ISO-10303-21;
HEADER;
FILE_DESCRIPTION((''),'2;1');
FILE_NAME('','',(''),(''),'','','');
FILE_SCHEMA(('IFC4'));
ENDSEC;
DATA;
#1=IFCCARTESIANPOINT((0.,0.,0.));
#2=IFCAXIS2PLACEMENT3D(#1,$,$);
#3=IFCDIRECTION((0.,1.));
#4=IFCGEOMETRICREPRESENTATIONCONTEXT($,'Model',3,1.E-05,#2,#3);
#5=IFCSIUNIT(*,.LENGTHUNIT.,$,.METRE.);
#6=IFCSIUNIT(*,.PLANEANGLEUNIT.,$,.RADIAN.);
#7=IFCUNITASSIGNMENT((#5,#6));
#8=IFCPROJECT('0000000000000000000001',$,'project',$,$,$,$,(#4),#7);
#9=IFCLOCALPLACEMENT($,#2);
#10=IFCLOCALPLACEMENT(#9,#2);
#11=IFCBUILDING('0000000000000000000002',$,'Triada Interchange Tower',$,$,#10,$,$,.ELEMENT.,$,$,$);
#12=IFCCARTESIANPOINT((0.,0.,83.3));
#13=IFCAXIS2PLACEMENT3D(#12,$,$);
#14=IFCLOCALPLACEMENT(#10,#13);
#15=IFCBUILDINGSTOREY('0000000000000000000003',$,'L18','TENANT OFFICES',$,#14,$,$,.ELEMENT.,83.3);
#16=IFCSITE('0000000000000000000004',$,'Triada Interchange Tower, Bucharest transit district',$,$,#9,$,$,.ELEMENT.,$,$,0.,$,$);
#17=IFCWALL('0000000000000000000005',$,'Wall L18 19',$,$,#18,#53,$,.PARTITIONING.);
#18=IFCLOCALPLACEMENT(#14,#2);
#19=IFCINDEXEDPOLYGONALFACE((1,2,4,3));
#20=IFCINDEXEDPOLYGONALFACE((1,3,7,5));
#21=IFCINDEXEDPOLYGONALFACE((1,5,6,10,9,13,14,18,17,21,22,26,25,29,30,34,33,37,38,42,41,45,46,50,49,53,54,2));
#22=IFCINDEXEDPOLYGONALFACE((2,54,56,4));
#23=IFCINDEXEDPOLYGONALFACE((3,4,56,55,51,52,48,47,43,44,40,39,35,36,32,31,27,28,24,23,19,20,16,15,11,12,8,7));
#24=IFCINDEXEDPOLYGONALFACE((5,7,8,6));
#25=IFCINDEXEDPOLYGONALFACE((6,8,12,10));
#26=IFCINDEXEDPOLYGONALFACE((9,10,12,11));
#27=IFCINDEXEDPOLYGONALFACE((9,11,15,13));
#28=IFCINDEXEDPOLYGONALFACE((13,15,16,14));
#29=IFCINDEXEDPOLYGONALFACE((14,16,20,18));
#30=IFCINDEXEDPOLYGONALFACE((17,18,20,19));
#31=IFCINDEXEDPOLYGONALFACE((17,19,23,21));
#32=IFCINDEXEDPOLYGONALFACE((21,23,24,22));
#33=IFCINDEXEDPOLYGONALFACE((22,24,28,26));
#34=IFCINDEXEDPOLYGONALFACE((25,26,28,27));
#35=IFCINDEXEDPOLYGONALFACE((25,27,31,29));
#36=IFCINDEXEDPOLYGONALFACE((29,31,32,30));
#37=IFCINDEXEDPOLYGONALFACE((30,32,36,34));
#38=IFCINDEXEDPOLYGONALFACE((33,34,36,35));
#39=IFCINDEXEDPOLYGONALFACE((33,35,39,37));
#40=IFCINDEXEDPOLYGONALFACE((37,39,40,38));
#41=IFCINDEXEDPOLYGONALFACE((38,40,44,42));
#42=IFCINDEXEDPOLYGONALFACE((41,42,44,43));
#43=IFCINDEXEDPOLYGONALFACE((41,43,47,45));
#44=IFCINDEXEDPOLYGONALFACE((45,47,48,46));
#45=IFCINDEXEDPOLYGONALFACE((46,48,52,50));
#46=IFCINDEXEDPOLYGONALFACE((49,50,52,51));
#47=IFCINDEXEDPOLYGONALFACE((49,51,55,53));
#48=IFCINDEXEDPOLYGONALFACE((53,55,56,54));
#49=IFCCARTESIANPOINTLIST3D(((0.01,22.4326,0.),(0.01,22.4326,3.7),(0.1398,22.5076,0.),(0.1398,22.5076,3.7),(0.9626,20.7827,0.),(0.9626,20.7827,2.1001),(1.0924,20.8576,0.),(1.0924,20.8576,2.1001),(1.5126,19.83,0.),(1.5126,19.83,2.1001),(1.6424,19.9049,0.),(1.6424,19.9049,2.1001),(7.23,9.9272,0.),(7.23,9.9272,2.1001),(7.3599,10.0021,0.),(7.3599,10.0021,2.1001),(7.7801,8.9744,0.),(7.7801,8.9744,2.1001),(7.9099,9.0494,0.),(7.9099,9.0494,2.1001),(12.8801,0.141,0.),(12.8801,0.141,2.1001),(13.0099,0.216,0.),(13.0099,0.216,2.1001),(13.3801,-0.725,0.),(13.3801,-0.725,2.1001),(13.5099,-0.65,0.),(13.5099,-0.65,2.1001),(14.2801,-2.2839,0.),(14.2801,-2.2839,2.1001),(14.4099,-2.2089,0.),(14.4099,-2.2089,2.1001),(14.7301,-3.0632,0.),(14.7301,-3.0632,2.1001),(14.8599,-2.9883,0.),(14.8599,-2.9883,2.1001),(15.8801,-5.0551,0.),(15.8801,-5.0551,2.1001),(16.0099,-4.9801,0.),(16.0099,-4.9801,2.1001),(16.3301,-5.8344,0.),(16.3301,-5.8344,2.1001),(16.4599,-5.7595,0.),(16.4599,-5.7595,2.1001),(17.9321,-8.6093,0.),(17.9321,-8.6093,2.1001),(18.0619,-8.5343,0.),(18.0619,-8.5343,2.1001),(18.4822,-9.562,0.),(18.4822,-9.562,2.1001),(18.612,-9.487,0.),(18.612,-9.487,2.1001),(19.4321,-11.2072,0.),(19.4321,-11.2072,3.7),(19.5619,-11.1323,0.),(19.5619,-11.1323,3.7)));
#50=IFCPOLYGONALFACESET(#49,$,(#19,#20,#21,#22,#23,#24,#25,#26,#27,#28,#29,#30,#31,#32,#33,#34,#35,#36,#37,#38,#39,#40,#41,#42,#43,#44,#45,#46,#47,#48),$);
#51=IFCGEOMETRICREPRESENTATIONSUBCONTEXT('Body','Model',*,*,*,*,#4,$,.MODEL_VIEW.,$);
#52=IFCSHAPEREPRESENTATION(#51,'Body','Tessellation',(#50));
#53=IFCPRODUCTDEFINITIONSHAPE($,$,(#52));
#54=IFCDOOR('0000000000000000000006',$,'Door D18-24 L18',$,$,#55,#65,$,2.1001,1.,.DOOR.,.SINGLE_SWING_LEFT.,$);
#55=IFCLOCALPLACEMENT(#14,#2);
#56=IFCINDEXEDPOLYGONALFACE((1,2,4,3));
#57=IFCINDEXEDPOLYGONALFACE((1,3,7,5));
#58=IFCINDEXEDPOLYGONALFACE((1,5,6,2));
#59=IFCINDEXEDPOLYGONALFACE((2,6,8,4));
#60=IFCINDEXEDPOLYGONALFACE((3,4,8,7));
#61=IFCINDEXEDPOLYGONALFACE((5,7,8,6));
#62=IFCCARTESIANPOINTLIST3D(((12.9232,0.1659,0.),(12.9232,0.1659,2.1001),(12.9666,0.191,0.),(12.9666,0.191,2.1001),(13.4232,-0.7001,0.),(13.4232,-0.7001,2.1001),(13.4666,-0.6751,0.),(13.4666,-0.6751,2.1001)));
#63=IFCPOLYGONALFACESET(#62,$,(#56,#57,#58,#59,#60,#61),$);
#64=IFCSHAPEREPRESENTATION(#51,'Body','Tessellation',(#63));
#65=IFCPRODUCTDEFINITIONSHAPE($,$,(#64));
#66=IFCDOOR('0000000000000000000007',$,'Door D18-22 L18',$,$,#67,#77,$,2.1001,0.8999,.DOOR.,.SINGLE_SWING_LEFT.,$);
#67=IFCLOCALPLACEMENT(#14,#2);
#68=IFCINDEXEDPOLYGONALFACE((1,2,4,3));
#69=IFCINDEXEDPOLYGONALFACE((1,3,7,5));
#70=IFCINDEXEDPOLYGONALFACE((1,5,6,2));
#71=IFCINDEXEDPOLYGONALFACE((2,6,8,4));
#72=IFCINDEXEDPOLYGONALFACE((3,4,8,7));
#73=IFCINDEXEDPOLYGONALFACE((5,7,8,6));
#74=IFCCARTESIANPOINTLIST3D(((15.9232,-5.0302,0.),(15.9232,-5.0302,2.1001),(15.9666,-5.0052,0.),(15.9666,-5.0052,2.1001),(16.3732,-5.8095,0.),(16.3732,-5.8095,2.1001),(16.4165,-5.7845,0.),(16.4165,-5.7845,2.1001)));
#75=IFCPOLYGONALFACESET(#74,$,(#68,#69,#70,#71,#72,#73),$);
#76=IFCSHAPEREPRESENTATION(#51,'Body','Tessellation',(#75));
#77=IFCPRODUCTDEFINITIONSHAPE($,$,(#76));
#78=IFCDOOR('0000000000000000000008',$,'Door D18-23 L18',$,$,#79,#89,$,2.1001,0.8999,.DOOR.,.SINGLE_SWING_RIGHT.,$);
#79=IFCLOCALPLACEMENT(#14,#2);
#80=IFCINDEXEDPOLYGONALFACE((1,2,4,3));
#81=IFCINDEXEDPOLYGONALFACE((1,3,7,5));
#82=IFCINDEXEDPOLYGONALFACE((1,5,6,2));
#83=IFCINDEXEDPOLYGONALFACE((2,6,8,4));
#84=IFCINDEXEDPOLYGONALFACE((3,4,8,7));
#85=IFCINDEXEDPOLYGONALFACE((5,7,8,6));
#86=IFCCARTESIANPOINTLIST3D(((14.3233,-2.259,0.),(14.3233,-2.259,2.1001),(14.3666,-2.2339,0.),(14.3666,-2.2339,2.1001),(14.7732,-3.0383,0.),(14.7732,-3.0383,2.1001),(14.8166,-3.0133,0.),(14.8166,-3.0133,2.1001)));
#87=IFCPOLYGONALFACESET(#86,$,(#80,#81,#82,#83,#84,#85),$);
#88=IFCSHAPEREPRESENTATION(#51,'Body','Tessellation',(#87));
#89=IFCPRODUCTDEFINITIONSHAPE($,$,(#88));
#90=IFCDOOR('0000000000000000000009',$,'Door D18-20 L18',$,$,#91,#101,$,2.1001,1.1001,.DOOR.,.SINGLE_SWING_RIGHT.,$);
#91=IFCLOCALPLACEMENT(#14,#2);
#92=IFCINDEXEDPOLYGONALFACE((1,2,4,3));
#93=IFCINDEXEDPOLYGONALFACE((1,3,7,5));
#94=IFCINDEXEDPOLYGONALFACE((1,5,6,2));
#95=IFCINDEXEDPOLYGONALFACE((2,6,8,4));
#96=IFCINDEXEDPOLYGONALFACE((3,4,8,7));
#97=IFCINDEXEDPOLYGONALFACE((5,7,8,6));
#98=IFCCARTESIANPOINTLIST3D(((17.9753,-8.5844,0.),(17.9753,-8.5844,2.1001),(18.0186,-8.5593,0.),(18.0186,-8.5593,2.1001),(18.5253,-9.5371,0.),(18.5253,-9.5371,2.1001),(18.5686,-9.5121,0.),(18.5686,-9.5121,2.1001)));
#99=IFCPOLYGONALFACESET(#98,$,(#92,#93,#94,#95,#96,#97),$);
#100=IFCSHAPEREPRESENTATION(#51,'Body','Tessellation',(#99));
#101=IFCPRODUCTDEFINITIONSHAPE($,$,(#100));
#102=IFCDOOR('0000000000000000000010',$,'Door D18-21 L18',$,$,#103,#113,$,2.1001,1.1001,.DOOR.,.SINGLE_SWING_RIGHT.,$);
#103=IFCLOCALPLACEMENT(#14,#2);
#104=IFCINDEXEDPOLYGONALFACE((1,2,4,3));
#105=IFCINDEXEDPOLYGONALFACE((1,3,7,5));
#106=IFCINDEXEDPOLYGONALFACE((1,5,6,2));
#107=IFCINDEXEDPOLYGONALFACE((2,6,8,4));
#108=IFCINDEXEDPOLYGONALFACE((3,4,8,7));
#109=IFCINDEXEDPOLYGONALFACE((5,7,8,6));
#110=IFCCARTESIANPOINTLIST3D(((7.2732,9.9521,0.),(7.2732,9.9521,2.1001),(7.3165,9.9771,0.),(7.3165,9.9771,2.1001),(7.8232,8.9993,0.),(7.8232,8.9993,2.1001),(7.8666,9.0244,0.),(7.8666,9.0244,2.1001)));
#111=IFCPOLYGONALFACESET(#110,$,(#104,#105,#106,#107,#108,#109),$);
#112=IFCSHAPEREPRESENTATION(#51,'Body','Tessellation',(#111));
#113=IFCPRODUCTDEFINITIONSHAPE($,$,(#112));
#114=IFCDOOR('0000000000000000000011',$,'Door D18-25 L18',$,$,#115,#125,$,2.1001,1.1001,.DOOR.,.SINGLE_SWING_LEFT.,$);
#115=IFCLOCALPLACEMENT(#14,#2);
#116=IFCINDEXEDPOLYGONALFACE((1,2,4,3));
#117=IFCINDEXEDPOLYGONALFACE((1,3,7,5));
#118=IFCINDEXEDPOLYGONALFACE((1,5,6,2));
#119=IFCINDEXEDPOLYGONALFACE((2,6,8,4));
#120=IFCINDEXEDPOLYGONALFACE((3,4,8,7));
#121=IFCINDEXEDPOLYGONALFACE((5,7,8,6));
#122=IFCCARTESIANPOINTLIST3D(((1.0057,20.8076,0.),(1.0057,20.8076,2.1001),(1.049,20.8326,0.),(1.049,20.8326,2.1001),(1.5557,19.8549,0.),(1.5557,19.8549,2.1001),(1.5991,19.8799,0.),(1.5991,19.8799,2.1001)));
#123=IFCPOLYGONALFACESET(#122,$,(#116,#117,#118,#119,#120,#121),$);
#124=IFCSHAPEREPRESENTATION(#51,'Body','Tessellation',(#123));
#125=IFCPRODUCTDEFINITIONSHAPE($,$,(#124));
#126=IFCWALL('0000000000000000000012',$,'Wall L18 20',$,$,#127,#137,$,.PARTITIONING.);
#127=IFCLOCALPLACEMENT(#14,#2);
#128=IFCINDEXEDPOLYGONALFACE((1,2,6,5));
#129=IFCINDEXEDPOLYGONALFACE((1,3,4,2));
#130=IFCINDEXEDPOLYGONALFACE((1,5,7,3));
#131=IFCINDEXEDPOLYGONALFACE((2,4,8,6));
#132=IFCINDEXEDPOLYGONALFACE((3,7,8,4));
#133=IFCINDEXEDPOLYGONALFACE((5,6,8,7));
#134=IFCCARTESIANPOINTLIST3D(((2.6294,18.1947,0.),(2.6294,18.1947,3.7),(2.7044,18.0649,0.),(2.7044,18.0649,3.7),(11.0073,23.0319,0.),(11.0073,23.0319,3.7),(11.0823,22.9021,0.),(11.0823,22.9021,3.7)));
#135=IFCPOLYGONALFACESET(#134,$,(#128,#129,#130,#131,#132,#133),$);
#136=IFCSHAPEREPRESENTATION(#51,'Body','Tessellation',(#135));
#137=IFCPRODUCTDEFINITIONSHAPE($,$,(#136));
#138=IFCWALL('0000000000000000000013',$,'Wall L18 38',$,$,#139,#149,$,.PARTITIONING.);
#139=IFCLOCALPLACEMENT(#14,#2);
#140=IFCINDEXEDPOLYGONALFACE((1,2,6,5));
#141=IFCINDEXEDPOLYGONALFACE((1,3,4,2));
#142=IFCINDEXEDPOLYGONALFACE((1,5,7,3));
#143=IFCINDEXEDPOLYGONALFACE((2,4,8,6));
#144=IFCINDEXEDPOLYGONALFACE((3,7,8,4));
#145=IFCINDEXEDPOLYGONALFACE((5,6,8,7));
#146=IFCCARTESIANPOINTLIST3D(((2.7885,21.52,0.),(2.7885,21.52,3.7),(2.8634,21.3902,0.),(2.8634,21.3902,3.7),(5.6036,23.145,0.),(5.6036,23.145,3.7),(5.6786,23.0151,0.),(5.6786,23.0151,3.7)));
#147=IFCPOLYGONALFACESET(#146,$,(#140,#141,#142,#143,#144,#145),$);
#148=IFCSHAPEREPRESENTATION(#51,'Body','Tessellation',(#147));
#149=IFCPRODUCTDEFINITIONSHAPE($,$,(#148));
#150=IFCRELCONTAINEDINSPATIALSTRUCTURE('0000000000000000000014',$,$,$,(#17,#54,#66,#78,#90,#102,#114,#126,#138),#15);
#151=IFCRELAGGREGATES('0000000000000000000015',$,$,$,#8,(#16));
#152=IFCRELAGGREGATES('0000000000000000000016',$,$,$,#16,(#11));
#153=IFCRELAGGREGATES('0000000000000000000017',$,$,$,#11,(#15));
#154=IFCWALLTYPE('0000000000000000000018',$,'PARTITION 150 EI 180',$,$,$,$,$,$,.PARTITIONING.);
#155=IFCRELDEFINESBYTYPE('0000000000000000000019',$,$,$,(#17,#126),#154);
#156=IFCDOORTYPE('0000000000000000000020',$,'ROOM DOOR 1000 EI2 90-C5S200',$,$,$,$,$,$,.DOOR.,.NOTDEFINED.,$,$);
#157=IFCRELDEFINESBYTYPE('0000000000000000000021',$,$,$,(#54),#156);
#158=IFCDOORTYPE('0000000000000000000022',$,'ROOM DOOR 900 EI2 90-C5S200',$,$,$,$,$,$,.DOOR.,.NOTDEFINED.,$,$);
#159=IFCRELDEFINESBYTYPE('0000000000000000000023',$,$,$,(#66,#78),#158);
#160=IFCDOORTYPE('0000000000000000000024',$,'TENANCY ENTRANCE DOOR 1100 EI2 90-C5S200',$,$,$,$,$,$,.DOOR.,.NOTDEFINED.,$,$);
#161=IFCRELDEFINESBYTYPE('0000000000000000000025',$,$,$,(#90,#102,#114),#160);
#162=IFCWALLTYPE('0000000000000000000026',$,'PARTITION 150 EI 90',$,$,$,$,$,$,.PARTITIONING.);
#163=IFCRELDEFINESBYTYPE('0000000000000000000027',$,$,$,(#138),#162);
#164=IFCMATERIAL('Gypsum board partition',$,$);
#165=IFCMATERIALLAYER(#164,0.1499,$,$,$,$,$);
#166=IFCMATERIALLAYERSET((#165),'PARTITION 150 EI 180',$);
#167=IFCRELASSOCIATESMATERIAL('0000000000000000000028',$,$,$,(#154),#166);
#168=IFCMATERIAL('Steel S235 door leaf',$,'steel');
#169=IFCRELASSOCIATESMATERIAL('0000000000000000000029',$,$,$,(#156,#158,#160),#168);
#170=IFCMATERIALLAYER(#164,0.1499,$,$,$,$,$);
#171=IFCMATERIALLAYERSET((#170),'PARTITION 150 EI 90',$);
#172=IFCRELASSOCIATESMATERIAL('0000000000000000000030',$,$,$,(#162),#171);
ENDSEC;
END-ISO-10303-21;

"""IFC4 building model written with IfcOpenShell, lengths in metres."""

from ifc_helpers import new_model, si_unit, direction, frame, frame_2d, origin, place, context, subcontext, project, spatial, rectangle, extrude, material, layer, layer_set, type_object, element, fill, save


model = new_model("IFC4")

# Units and contexts
model_context = context("Model", 3, precision=1e-05, world=origin(), true_north=direction((0.0, 1.0)))
body_context = subcontext(model_context, "Body", "Model", "MODEL_VIEW")
ifc_project = project(units=[si_unit("LENGTHUNIT", "METRE"), si_unit("PLANEANGLEUNIT", "RADIAN")], contexts=[model_context])

# Site, building, storey
site_placement = place(None, origin())
site = spatial("IfcSite", under=ifc_project, at=site_placement, Name="Triada Interchange Tower, Bucharest transit district", CompositionType="ELEMENT", RefElevation=0.0)
building_placement = place(site_placement, origin())
building = spatial("IfcBuilding", under=site, at=building_placement, Name="Triada Interchange Tower", CompositionType="ELEMENT")
storey_placement = place(building_placement, frame((0.0, 0.0, 83.3)))
storey = spatial("IfcBuildingStorey", under=building, at=storey_placement, Name="L18", Description="TENANT OFFICES", CompositionType="ELEMENT", Elevation=83.3)

# Shared definitions
ifc_material_1 = material(Name="Steel S235 door leaf", Category="steel")

# Shared definitions
ifc_material_2 = material(Name="Gypsum board partition")
ifc_layer_1 = layer(ifc_material_2, 0.1499)
ifc_layer_set_1 = layer_set([ifc_layer_1], Name="PARTITION 150 EI 180")
wall_type_1 = type_object("IfcWallType", Name="PARTITION 150 EI 180", PredefinedType="PARTITIONING", material=ifc_layer_set_1)

# Wall, openings, doors
wall_1_placement = place(storey_placement, frame((0.075, 22.47, 0.0), z_axis=(0.0, 0.0, 1.0), x_axis=(0.500002, -0.866024, 0.0)))
wall_1 = element("IfcWall", 1, at=wall_1_placement, inside=storey, type_object=wall_type_1, Name="Wall L18 19", PredefinedType="PARTITIONING", context=body_context, shape_type="SweptSolid", body=[
    extrude(rectangle(XDim=38.844, YDim=0.1499, at=frame_2d((19.4219, 0.0))), origin(), (0.0, 0.0, 1.0), 3.7),
])
opening_1_placement = place(wall_1_placement, frame((35.844, 0.0, 0.0)))
opening_1 = element("IfcOpeningElement", 2, at=opening_1_placement, cuts=wall_1, PredefinedType="OPENING", context=body_context, shape_type="SweptSolid", body=[
    extrude(rectangle(XDim=1.1001, YDim=2.1001, at=frame_2d((0.55, 1.05))), frame((0.0, 0.085, 0.0), z_axis=(0.0, -1.0, 0.0), x_axis=(1.0, 0.0, 0.0)), (0.0, 0.0, 1.0), 0.1699),
])
opening_2_placement = place(wall_1_placement, frame((14.4399, 0.0, 0.0)))
opening_2 = element("IfcOpeningElement", 3, at=opening_2_placement, cuts=wall_1, PredefinedType="OPENING", context=body_context, shape_type="SweptSolid", body=[
    extrude(rectangle(XDim=1.1001, YDim=2.1001, at=frame_2d((0.55, 1.05))), frame((0.0, 0.085, 0.0), z_axis=(0.0, -1.0, 0.0), x_axis=(1.0, 0.0, 0.0)), (0.0, 0.0, 1.0), 0.1699),
])
opening_3_placement = place(wall_1_placement, frame((31.74, 0.0, 0.0)))
opening_3 = element("IfcOpeningElement", 4, at=opening_3_placement, cuts=wall_1, PredefinedType="OPENING", context=body_context, shape_type="SweptSolid", body=[
    extrude(rectangle(XDim=0.8999, YDim=2.1001, at=frame_2d((0.45, 1.05))), frame((0.0, 0.085, 0.0), z_axis=(0.0, -1.0, 0.0), x_axis=(1.0, 0.0, 0.0)), (0.0, 0.0, 1.0), 0.1699),
])
opening_4_placement = place(wall_1_placement, frame((28.54, 0.0, 0.0)))
opening_4 = element("IfcOpeningElement", 5, at=opening_4_placement, cuts=wall_1, PredefinedType="OPENING", context=body_context, shape_type="SweptSolid", body=[
    extrude(rectangle(XDim=0.8999, YDim=2.1001, at=frame_2d((0.45, 1.05))), frame((0.0, 0.085, 0.0), z_axis=(0.0, -1.0, 0.0), x_axis=(1.0, 0.0, 0.0)), (0.0, 0.0, 1.0), 0.1699),
])
opening_5_placement = place(wall_1_placement, frame((25.74, 0.0, 0.0)))
opening_5 = element("IfcOpeningElement", 6, at=opening_5_placement, cuts=wall_1, PredefinedType="OPENING", context=body_context, shape_type="SweptSolid", body=[
    extrude(rectangle(XDim=1.0, YDim=2.1001, at=frame_2d((0.5, 1.05))), frame((0.0, 0.085, 0.0), z_axis=(0.0, -1.0, 0.0), x_axis=(1.0, 0.0, 0.0)), (0.0, 0.0, 1.0), 0.1699),
])
opening_6_placement = place(wall_1_placement, frame((1.905, 0.0, 0.0)))
opening_6 = element("IfcOpeningElement", 7, at=opening_6_placement, cuts=wall_1, PredefinedType="OPENING", context=body_context, shape_type="SweptSolid", body=[
    extrude(rectangle(XDim=1.1001, YDim=2.1001, at=frame_2d((0.55, 1.05))), frame((0.0, 0.085, 0.0), z_axis=(0.0, -1.0, 0.0), x_axis=(1.0, 0.0, 0.0)), (0.0, 0.0, 1.0), 0.1699),
])
door_type_1 = type_object("IfcDoorType", Name="ROOM DOOR 1000 EI2 90-C5S200", OperationType="NOTDEFINED", PredefinedType="DOOR", material=ifc_material_1)
door_1_placement = place(opening_5_placement, origin())
door_1 = element("IfcDoor", 8, at=door_1_placement, inside=storey, type_object=door_type_1, Name="Door D18-24 L18", OperationType="SINGLE_SWING_LEFT", OverallHeight=2.1001, OverallWidth=1.0, PredefinedType="DOOR", context=body_context, shape_type="SweptSolid", body=[
    extrude(rectangle(XDim=1.0, YDim=2.1001, at=frame_2d((0.5, 1.05))), frame((0.0, 0.0249, 0.0), z_axis=(0.0, -1.0, 0.0), x_axis=(1.0, 0.0, 0.0)), (0.0, 0.0, 1.0), 0.05),
])
fill(opening_5, door_1)
door_type_2 = type_object("IfcDoorType", Name="ROOM DOOR 900 EI2 90-C5S200", OperationType="NOTDEFINED", PredefinedType="DOOR", material=ifc_material_1)
door_2_placement = place(opening_3_placement, origin())
door_2 = element("IfcDoor", 9, at=door_2_placement, inside=storey, type_object=door_type_2, Name="Door D18-22 L18", OperationType="SINGLE_SWING_LEFT", OverallHeight=2.1001, OverallWidth=0.8999, PredefinedType="DOOR", context=body_context, shape_type="SweptSolid", body=[
    extrude(rectangle(XDim=0.8999, YDim=2.1001, at=frame_2d((0.45, 1.05))), frame((0.0, 0.0249, 0.0), z_axis=(0.0, -1.0, 0.0), x_axis=(1.0, 0.0, 0.0)), (0.0, 0.0, 1.0), 0.05),
])
fill(opening_3, door_2)
door_3_placement = place(opening_4_placement, origin())
door_3 = element("IfcDoor", 10, at=door_3_placement, inside=storey, type_object=door_type_2, Name="Door D18-23 L18", OperationType="SINGLE_SWING_RIGHT", OverallHeight=2.1001, OverallWidth=0.8999, PredefinedType="DOOR", context=body_context, shape_type="SweptSolid", body=[
    extrude(rectangle(XDim=0.8999, YDim=2.1001, at=frame_2d((0.45, 1.05))), frame((0.0, 0.0249, 0.0), z_axis=(0.0, -1.0, 0.0), x_axis=(1.0, 0.0, 0.0)), (0.0, 0.0, 1.0), 0.05),
])
fill(opening_4, door_3)
door_type_3 = type_object("IfcDoorType", Name="TENANCY ENTRANCE DOOR 1100 EI2 90-C5S200", OperationType="NOTDEFINED", PredefinedType="DOOR", material=ifc_material_1)
door_4_placement = place(opening_1_placement, origin())
door_4 = element("IfcDoor", 11, at=door_4_placement, inside=storey, type_object=door_type_3, Name="Door D18-20 L18", OperationType="SINGLE_SWING_RIGHT", OverallHeight=2.1001, OverallWidth=1.1001, PredefinedType="DOOR", context=body_context, shape_type="SweptSolid", body=[
    extrude(rectangle(XDim=1.1001, YDim=2.1001, at=frame_2d((0.55, 1.05))), frame((0.0, 0.0249, 0.0), z_axis=(0.0, -1.0, 0.0), x_axis=(1.0, 0.0, 0.0)), (0.0, 0.0, 1.0), 0.05),
])
fill(opening_1, door_4)
door_5_placement = place(opening_2_placement, origin())
door_5 = element("IfcDoor", 12, at=door_5_placement, inside=storey, type_object=door_type_3, Name="Door D18-21 L18", OperationType="SINGLE_SWING_RIGHT", OverallHeight=2.1001, OverallWidth=1.1001, PredefinedType="DOOR", context=body_context, shape_type="SweptSolid", body=[
    extrude(rectangle(XDim=1.1001, YDim=2.1001, at=frame_2d((0.55, 1.05))), frame((0.0, 0.0249, 0.0), z_axis=(0.0, -1.0, 0.0), x_axis=(1.0, 0.0, 0.0)), (0.0, 0.0, 1.0), 0.05),
])
fill(opening_2, door_5)
door_6_placement = place(opening_6_placement, origin())
door_6 = element("IfcDoor", 13, at=door_6_placement, inside=storey, type_object=door_type_3, Name="Door D18-25 L18", OperationType="SINGLE_SWING_LEFT", OverallHeight=2.1001, OverallWidth=1.1001, PredefinedType="DOOR", context=body_context, shape_type="SweptSolid", body=[
    extrude(rectangle(XDim=1.1001, YDim=2.1001, at=frame_2d((0.55, 1.05))), frame((0.0, 0.0249, 0.0), z_axis=(0.0, -1.0, 0.0), x_axis=(1.0, 0.0, 0.0)), (0.0, 0.0, 1.0), 0.05),
])
fill(opening_6, door_6)

# Walls
wall_2_placement = place(storey_placement, frame((2.667, 18.1299, 0.0), z_axis=(0.0, 0.0, 1.0), x_axis=(0.866018, 0.500012, 0.0)))
element("IfcWall", 14, at=wall_2_placement, inside=storey, type_object=wall_type_1, Name="Wall L18 20", PredefinedType="PARTITIONING", context=body_context, shape_type="SweptSolid", body=[
    extrude(rectangle(XDim=9.6741, YDim=0.1499, at=frame_2d((4.8369, 0.0))), origin(), (0.0, 0.0, 1.0), 3.7),
])
ifc_layer_2 = layer(ifc_material_2, 0.1499)
ifc_layer_set_2 = layer_set([ifc_layer_2], Name="PARTITION 150 EI 90")
wall_type_2 = type_object("IfcWallType", Name="PARTITION 150 EI 90", PredefinedType="PARTITIONING", material=ifc_layer_set_2)
wall_3_placement = place(storey_placement, frame((2.8259, 21.4551, 0.0), z_axis=(0.0, 0.0, 1.0), x_axis=(0.866072, 0.49992, 0.0)))
element("IfcWall", 15, at=wall_3_placement, inside=storey, type_object=wall_type_2, Name="Wall L18 38", PredefinedType="PARTITIONING", context=body_context, shape_type="SweptSolid", body=[
    extrude(rectangle(XDim=3.2505, YDim=0.1499, at=frame_2d((1.6252, 0.0))), origin(), (0.0, 0.0, 1.0), 3.7),
])

save(model, "model.ifc")
